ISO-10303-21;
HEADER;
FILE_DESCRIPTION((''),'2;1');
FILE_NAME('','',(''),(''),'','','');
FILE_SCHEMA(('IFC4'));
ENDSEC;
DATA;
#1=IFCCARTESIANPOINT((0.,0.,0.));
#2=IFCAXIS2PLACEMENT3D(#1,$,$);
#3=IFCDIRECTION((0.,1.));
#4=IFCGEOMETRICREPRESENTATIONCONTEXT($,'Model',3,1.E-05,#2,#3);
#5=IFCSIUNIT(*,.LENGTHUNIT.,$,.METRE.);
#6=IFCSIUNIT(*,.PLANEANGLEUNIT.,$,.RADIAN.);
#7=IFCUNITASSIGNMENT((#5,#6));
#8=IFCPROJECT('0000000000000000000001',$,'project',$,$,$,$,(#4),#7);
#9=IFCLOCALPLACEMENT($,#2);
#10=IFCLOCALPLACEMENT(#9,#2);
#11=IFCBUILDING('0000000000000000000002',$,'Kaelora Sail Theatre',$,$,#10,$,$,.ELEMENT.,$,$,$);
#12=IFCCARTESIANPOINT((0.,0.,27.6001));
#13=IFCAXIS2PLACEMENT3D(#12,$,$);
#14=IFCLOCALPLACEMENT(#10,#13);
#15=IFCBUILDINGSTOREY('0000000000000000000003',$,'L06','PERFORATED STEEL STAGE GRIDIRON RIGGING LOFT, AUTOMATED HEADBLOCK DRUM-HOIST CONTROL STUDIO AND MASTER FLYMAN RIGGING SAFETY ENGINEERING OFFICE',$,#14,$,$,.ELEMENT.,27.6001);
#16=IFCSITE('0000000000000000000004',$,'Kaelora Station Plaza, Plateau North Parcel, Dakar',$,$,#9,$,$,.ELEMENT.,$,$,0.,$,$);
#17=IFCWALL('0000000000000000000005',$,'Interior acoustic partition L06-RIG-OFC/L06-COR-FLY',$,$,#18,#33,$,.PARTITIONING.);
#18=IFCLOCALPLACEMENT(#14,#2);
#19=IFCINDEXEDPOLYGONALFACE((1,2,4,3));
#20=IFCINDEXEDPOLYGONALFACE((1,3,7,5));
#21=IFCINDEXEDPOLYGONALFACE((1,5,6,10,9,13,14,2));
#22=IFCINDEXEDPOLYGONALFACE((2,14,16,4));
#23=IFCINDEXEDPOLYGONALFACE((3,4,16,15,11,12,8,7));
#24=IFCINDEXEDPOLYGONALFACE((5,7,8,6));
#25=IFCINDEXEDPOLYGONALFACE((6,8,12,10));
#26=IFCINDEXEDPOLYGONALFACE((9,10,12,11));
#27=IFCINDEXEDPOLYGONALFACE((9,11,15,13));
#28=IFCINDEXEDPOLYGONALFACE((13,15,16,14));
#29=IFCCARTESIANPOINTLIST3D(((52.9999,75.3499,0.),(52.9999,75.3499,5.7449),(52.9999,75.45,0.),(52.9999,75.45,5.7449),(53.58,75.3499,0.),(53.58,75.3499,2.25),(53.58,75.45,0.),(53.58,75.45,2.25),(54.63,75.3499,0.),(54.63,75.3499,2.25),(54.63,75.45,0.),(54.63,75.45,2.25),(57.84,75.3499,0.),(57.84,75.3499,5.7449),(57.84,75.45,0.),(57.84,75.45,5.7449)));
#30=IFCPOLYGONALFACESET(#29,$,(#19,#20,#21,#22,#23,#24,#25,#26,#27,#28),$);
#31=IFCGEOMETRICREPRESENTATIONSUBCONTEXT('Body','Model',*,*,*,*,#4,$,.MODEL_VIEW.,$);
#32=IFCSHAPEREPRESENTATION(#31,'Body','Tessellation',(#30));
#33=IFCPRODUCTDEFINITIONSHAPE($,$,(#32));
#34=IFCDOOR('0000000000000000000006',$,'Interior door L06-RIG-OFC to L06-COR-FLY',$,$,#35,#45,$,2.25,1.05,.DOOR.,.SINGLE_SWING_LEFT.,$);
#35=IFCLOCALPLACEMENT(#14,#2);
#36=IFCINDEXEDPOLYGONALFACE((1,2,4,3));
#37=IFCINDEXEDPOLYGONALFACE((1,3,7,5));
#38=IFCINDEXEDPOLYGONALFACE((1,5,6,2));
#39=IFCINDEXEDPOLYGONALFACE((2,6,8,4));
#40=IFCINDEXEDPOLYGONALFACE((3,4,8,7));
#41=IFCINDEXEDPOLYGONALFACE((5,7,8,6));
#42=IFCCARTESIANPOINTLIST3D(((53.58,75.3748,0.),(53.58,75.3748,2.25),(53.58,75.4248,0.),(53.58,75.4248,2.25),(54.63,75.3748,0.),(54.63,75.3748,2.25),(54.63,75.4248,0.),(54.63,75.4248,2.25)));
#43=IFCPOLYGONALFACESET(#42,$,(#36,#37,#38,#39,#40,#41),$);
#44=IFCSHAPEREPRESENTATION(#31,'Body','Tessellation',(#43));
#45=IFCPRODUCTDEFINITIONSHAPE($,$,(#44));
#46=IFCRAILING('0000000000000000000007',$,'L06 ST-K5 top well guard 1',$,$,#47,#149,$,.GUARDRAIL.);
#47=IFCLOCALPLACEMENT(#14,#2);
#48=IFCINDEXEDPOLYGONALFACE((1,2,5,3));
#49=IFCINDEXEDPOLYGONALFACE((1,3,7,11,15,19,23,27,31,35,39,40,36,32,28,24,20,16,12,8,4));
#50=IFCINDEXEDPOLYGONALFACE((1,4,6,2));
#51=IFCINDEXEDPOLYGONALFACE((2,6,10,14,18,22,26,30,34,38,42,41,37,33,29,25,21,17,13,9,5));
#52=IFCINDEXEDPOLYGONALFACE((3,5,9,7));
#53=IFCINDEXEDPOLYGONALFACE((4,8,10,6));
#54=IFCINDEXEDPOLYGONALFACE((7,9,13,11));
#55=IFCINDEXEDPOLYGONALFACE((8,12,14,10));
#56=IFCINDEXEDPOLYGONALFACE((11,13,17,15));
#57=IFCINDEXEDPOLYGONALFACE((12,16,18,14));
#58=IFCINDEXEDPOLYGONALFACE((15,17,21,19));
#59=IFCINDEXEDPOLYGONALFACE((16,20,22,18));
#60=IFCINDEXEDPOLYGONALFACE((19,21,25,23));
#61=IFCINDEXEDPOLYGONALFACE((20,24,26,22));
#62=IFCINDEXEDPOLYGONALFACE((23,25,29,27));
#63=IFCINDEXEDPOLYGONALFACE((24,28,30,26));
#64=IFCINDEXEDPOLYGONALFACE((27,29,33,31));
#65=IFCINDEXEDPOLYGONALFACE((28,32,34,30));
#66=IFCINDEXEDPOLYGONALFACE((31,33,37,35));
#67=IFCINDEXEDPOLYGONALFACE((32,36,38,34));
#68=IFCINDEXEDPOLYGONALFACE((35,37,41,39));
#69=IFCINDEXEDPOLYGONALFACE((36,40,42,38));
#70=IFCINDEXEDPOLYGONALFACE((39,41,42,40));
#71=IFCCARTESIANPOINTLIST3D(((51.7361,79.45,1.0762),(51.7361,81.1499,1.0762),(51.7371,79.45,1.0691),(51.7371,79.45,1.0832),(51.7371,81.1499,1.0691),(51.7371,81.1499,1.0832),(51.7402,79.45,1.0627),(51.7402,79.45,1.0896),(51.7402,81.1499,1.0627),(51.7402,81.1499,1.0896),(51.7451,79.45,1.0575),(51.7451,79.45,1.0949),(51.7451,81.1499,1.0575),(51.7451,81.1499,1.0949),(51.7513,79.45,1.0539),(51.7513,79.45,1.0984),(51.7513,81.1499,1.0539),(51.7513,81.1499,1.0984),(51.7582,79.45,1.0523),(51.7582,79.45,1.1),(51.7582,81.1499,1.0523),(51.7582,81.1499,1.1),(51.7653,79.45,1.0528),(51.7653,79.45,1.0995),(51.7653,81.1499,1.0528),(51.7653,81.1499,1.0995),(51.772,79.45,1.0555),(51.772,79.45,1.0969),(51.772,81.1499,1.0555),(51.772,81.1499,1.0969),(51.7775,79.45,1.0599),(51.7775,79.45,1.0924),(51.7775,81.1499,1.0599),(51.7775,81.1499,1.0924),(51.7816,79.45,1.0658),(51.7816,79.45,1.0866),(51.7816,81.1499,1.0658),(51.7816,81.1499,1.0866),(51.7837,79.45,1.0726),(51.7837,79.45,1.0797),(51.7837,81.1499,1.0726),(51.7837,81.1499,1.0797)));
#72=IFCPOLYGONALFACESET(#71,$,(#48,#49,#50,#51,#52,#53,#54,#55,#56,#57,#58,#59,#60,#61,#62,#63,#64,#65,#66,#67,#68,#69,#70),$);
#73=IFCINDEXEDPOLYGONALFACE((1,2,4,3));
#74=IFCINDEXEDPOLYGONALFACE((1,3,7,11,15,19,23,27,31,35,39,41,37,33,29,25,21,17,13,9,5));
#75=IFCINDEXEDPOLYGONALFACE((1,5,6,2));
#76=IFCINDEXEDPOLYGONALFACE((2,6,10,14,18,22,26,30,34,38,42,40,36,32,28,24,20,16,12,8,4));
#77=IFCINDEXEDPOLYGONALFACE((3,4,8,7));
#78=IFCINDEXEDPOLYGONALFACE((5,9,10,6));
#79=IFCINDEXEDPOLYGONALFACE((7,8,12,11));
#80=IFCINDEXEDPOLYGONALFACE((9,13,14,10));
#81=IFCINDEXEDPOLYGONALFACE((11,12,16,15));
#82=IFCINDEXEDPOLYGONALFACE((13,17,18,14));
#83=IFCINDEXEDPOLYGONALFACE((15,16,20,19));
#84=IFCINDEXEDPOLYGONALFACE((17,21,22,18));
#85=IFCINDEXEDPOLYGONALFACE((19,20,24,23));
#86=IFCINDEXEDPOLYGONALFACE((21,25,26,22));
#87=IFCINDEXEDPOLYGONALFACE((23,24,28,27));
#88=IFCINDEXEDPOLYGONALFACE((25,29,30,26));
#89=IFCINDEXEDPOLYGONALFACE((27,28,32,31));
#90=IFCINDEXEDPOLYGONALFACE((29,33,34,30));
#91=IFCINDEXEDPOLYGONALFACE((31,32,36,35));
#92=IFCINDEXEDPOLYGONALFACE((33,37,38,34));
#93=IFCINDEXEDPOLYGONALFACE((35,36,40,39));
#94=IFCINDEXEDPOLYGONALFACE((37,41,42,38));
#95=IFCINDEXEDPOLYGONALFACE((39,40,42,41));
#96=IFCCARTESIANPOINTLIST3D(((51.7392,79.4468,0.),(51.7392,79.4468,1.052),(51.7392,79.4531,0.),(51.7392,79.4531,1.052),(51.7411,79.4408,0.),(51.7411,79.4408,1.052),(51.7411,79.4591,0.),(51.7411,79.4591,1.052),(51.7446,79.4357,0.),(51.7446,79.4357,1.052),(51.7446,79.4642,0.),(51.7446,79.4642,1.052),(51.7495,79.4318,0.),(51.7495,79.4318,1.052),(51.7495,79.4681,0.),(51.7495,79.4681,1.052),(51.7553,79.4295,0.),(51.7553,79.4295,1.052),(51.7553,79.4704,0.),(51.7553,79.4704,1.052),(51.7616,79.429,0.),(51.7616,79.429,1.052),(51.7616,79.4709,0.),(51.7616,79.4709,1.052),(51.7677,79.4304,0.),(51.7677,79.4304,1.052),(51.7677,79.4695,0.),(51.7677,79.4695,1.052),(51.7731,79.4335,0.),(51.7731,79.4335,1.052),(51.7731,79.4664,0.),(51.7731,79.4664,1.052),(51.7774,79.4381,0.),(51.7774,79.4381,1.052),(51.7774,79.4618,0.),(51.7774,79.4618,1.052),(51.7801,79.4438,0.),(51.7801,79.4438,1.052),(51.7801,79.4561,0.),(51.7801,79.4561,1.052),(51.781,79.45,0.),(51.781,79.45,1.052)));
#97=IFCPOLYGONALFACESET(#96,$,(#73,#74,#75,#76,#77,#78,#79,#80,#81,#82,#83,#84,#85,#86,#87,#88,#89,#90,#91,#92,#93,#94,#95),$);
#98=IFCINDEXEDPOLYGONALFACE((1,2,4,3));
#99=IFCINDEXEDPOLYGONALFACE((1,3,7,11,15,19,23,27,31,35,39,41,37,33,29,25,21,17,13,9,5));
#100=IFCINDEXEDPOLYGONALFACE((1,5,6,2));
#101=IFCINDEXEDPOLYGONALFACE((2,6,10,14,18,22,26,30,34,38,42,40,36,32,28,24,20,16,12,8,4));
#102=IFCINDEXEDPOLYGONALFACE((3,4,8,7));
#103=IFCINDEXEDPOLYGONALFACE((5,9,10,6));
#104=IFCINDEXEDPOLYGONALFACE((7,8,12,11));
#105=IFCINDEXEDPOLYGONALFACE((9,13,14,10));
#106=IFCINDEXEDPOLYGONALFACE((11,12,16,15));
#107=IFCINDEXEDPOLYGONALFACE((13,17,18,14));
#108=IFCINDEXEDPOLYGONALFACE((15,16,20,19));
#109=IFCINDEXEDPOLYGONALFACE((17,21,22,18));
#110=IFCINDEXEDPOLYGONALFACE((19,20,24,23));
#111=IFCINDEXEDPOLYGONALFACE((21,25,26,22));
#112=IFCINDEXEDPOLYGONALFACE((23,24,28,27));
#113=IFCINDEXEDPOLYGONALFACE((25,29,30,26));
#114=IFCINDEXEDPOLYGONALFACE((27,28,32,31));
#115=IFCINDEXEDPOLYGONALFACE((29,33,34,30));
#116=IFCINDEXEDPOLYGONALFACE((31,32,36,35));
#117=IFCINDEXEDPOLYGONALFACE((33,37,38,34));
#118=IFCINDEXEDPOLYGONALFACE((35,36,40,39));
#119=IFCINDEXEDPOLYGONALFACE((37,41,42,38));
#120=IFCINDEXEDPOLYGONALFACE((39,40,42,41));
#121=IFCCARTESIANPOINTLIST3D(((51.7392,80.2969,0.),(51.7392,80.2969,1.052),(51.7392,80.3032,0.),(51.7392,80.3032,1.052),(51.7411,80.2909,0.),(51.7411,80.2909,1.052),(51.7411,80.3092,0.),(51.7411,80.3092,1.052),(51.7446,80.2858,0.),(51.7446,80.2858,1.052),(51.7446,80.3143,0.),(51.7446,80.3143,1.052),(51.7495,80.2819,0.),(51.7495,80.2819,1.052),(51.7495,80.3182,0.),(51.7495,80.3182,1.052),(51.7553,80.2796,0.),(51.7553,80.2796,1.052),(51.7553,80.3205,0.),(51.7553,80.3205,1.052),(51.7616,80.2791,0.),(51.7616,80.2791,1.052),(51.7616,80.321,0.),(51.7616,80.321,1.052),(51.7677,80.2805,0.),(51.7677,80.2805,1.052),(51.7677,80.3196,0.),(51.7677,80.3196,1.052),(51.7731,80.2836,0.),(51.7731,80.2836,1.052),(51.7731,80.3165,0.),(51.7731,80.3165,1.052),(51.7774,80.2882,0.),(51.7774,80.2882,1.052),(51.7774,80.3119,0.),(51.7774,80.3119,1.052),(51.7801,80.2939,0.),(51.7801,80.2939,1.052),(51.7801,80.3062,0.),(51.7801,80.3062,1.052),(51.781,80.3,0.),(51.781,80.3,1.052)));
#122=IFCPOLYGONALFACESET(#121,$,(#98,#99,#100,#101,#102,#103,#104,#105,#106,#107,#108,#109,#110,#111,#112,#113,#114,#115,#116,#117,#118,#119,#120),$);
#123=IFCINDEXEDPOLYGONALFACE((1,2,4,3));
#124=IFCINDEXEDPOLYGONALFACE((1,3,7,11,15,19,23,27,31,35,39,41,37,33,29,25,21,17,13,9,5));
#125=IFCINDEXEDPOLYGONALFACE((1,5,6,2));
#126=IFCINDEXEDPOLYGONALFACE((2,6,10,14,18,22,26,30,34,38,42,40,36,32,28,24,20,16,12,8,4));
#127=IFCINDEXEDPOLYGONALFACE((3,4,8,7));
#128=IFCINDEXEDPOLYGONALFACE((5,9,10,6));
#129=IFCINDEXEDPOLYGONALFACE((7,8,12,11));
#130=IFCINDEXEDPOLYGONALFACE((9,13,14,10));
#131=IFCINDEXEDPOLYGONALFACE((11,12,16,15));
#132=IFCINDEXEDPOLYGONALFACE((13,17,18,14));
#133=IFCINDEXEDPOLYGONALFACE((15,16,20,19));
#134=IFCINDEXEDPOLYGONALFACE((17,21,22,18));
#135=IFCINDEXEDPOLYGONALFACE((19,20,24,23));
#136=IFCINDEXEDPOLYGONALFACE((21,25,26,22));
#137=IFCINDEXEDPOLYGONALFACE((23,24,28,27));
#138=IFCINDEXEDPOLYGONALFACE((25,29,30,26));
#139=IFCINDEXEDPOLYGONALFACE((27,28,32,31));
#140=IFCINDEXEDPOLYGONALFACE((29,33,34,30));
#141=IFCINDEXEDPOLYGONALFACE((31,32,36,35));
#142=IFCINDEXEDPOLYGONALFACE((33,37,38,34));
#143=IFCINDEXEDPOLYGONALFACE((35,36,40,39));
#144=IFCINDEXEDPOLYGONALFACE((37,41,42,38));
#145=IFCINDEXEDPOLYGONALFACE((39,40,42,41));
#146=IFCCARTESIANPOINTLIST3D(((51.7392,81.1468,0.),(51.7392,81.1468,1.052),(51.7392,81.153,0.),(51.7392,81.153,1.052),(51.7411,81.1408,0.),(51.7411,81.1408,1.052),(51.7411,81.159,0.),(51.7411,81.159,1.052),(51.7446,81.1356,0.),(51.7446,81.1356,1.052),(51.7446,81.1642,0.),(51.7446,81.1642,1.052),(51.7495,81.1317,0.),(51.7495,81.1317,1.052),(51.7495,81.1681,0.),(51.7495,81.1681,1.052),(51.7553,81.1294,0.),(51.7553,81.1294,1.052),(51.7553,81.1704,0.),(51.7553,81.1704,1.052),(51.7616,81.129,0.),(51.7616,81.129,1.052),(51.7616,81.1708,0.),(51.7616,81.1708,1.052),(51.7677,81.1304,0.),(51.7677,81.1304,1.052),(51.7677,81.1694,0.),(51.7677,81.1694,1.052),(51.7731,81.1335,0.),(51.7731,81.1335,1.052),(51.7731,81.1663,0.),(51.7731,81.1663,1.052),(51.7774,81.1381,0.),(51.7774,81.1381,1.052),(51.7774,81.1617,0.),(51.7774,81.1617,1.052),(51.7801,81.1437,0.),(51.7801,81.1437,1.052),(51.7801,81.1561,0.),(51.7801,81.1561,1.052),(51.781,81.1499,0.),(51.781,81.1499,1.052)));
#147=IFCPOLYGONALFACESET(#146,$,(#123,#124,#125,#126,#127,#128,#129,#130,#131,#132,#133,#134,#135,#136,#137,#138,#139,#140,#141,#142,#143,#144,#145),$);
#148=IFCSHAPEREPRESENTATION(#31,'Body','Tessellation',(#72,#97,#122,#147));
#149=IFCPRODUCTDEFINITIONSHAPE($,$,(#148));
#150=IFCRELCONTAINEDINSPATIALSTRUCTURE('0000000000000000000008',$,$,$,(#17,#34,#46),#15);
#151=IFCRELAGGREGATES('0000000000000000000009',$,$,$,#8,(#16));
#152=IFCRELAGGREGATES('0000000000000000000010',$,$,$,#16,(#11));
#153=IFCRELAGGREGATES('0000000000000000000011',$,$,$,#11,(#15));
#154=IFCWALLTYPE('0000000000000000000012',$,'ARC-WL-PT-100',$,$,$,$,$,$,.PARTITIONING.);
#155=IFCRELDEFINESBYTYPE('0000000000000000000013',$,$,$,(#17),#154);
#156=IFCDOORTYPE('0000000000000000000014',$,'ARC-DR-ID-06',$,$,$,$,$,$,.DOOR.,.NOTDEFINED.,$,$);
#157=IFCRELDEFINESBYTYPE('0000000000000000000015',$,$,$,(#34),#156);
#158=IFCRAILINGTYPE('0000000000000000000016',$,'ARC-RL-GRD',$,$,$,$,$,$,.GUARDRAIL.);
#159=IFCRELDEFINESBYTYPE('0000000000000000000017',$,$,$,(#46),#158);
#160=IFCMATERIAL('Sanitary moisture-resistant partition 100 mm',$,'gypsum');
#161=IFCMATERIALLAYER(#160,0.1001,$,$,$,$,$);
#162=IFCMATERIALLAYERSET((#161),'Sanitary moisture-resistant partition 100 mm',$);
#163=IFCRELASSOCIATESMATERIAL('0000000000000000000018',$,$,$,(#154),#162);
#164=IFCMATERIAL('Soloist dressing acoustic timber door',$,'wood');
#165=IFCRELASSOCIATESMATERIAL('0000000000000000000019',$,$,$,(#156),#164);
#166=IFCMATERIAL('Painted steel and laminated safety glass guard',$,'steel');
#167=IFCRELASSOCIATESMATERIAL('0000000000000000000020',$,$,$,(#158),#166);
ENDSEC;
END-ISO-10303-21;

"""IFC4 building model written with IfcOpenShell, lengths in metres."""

from ifc_helpers import new_model, si_unit, direction, frame, frame_2d, origin, origin_2d, place, context, subcontext, project, spatial, rectangle, circle, extrude, material, layer, layer_set, type_object, element, fill, save


model = new_model("IFC4")

# Units and contexts
model_context = context("Model", 3, precision=1e-05, world=origin(), true_north=direction((0.0, 1.0)))
body_context = subcontext(model_context, "Body", "Model", "MODEL_VIEW")
ifc_project = project(units=[si_unit("LENGTHUNIT", "METRE"), si_unit("PLANEANGLEUNIT", "RADIAN")], contexts=[model_context])

# Site, building, storey
site_placement = place(None, origin())
site = spatial("IfcSite", under=ifc_project, at=site_placement, Name="Kaelora Station Plaza, Plateau North Parcel, Dakar", CompositionType="ELEMENT", RefElevation=0.0)
building_placement = place(site_placement, origin())
building = spatial("IfcBuilding", under=site, at=building_placement, Name="Kaelora Sail Theatre", CompositionType="ELEMENT")
storey_placement = place(building_placement, frame((0.0, 0.0, 27.6001)))
storey = spatial("IfcBuildingStorey", under=building, at=storey_placement, Name="L06", Description="PERFORATED STEEL STAGE GRIDIRON RIGGING LOFT, AUTOMATED HEADBLOCK DRUM-HOIST CONTROL STUDIO AND MASTER FLYMAN RIGGING SAFETY ENGINEERING OFFICE", CompositionType="ELEMENT", Elevation=27.6001)

# Wall, opening, door
ifc_material_1 = material(Name="Sanitary moisture-resistant partition 100 mm", Category="gypsum")
ifc_layer_1 = layer(ifc_material_1, 0.1001)
ifc_layer_set_1 = layer_set([ifc_layer_1], Name="Sanitary moisture-resistant partition 100 mm")
wall_type_1 = type_object("IfcWallType", Name="ARC-WL-PT-100", PredefinedType="PARTITIONING", material=ifc_layer_set_1)
wall_1_placement = place(storey_placement, frame((53.0, 75.3999, 0.0), z_axis=(0.0, 0.0, 1.0), x_axis=(1.0, 0.0, 0.0)))
wall_1 = element("IfcWall", 1, at=wall_1_placement, inside=storey, type_object=wall_type_1, Name="Interior acoustic partition L06-RIG-OFC/L06-COR-FLY", PredefinedType="PARTITIONING", context=body_context, shape_type="SweptSolid", body=[
    extrude(rectangle(XDim=4.8401, YDim=0.1001, at=frame_2d((2.4199, 0.0))), origin(), (0.0, 0.0, 1.0), 5.7449),
])
opening_1_placement = place(wall_1_placement, frame((0.5801, 0.0, 0.0)))
opening_1 = element("IfcOpeningElement", 2, at=opening_1_placement, cuts=wall_1, PredefinedType="OPENING", context=body_context, shape_type="SweptSolid", body=[
    extrude(rectangle(XDim=1.05, YDim=2.25, at=frame_2d((0.5249, 1.125))), frame((0.0, 0.06, 0.0), z_axis=(0.0, -1.0, 0.0), x_axis=(1.0, 0.0, 0.0)), (0.0, 0.0, 1.0), 0.1201),
])
ifc_material_2 = material(Name="Soloist dressing acoustic timber door", Category="wood")
door_type_1 = type_object("IfcDoorType", Name="ARC-DR-ID-06", OperationType="NOTDEFINED", PredefinedType="DOOR", material=ifc_material_2)
door_1_placement = place(opening_1_placement, origin())
door_1 = element("IfcDoor", 3, at=door_1_placement, inside=storey, type_object=door_type_1, Name="Interior door L06-RIG-OFC to L06-COR-FLY", OperationType="SINGLE_SWING_LEFT", OverallHeight=2.25, OverallWidth=1.05, PredefinedType="DOOR", context=body_context, shape_type="SweptSolid", body=[
    extrude(rectangle(XDim=1.05, YDim=2.25, at=frame_2d((0.5249, 1.125))), frame((0.0, 0.0249, 0.0), z_axis=(0.0, -1.0, 0.0), x_axis=(1.0, 0.0, 0.0)), (0.0, 0.0, 1.0), 0.05),
])
fill(opening_1, door_1)

# Railing
ifc_material_3 = material(Name="Painted steel and laminated safety glass guard", Category="steel")
railing_type = type_object("IfcRailingType", Name="ARC-RL-GRD", PredefinedType="GUARDRAIL", material=ifc_material_3)
railing_placement = place(storey_placement, frame((51.76, 79.45, 0.0)))
element("IfcRailing", 4, at=railing_placement, inside=storey, type_object=railing_type, Name="L06 ST-K5 top well guard 1", PredefinedType="GUARDRAIL", context=body_context, shape_type="SweptSolid", body=[
    extrude(circle(Radius=0.0239, at=origin_2d()), frame((0.0, 0.0, 1.0762), z_axis=(0.0, 1.0, 0.0), x_axis=(-1.0, 0.0, 0.0)), (0.0, 0.0, 1.0), 1.7),
    extrude(circle(Radius=0.021, at=origin_2d()), origin(), (0.0, 0.0, 1.0), 1.052),
    extrude(circle(Radius=0.021, at=origin_2d()), frame((0.0, 0.8501, 0.0)), (0.0, 0.0, 1.0), 1.052),
    extrude(circle(Radius=0.021, at=origin_2d()), frame((0.0, 1.7, 0.0)), (0.0, 0.0, 1.0), 1.052),
])

save(model, "model.ifc")
